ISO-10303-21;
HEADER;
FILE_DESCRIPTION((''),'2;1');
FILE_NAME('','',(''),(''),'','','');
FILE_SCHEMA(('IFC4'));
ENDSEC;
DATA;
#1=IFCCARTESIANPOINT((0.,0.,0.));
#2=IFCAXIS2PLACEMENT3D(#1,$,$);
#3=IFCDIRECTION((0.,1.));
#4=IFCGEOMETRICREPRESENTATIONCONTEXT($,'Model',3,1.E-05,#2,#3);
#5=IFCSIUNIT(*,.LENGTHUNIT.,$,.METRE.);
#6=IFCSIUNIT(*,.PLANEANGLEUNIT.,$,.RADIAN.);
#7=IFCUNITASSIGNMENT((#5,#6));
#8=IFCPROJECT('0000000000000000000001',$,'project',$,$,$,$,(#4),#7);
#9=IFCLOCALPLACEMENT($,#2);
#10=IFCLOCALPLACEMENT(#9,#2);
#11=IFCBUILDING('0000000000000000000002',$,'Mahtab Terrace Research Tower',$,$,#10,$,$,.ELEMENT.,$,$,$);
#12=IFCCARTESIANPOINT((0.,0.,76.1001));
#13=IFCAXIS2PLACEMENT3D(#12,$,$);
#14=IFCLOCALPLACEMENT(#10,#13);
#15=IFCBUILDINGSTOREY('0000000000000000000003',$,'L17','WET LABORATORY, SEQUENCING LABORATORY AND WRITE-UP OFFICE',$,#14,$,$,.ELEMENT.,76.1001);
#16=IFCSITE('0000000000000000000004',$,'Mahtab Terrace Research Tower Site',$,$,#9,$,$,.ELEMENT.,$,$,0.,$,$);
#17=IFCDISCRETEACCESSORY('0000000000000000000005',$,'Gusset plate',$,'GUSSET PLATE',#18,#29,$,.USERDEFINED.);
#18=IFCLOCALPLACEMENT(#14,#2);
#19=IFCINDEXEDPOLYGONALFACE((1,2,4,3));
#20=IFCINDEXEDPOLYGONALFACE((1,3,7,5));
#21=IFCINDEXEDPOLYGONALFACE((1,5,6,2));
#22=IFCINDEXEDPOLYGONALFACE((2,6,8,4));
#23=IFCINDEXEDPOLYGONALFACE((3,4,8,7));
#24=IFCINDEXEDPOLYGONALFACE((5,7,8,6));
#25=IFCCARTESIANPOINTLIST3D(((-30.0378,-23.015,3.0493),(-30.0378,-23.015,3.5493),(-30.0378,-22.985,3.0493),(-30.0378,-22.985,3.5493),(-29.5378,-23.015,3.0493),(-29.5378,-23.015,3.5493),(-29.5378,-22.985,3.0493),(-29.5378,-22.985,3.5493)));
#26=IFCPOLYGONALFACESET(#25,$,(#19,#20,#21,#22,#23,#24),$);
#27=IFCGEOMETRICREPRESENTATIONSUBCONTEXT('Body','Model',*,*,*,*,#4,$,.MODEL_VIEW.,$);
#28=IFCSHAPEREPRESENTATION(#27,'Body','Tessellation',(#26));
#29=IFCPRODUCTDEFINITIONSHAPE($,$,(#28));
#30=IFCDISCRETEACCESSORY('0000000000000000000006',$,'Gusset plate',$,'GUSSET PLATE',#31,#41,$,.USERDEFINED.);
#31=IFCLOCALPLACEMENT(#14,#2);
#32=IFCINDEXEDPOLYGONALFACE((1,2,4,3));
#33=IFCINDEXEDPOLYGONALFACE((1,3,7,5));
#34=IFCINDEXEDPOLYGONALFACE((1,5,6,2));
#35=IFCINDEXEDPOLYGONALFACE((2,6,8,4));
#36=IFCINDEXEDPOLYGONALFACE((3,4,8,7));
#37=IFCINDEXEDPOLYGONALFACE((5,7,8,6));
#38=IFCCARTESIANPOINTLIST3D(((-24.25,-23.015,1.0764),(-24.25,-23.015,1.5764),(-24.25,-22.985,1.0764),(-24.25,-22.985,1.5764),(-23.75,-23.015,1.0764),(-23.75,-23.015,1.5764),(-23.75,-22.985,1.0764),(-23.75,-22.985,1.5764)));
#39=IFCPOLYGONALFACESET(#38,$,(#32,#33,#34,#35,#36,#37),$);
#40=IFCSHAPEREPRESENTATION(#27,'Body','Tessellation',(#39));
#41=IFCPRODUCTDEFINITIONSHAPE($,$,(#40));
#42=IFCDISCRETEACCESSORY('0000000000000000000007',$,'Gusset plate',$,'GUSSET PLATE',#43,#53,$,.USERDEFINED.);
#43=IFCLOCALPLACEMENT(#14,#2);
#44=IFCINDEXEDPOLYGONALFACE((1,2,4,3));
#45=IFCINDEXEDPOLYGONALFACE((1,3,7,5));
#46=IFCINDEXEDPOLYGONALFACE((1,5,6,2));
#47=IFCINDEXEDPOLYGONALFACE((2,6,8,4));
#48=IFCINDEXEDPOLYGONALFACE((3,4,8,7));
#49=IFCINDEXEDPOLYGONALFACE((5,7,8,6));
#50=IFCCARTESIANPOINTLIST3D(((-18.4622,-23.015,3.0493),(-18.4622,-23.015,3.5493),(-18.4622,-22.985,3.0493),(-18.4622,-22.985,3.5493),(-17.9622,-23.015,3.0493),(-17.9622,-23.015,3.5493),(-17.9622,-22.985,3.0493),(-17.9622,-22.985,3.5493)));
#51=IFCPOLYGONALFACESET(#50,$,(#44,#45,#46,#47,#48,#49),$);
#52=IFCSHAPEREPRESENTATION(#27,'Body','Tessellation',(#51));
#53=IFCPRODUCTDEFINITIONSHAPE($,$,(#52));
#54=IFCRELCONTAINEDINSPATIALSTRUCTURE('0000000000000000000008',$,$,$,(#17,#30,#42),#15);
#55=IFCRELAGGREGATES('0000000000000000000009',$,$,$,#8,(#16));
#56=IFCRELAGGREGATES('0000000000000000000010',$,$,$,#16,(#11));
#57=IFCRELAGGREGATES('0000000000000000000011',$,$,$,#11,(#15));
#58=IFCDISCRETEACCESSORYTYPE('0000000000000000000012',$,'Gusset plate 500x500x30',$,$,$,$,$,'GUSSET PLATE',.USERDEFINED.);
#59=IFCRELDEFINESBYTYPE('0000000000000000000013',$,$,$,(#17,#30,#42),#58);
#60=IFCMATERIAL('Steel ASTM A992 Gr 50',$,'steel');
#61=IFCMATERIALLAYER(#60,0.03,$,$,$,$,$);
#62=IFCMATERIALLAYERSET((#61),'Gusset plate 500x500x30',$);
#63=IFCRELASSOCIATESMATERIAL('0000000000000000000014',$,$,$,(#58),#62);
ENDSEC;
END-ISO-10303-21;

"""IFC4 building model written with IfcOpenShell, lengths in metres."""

from ifc_helpers import new_model, si_unit, direction, frame, origin, origin_2d, place, context, subcontext, project, spatial, rectangle, extrude, material, layer, layer_set, type_object, element, save


model = new_model("IFC4")

# Units and contexts
model_context = context("Model", 3, precision=1e-05, world=origin(), true_north=direction((0.0, 1.0)))
body_context = subcontext(model_context, "Body", "Model", "MODEL_VIEW")
ifc_project = project(units=[si_unit("LENGTHUNIT", "METRE"), si_unit("PLANEANGLEUNIT", "RADIAN")], contexts=[model_context])

# Site, building, storey
site_placement = place(None, origin())
site = spatial("IfcSite", under=ifc_project, at=site_placement, Name="Mahtab Terrace Research Tower Site", CompositionType="ELEMENT", RefElevation=0.0)
building_placement = place(site_placement, origin())
building = spatial("IfcBuilding", under=site, at=building_placement, Name="Mahtab Terrace Research Tower", CompositionType="ELEMENT")
storey_placement = place(building_placement, frame((0.0, 0.0, 76.1001)))
storey = spatial("IfcBuildingStorey", under=building, at=storey_placement, Name="L17", Description="WET LABORATORY, SEQUENCING LABORATORY AND WRITE-UP OFFICE", CompositionType="ELEMENT", Elevation=76.1001)

# Shared definitions
ifc_material_1 = material(Name="Steel ASTM A992 Gr 50", Category="steel")

# Discrete accessories
ifc_layer_1 = layer(ifc_material_1, 0.03)
ifc_layer_set_1 = layer_set([ifc_layer_1], Name="Gusset plate 500x500x30")
discrete_accessory_type = type_object("IfcDiscreteAccessoryType", Name="Gusset plate 500x500x30", ElementType="GUSSET PLATE", PredefinedType="USERDEFINED", material=ifc_layer_set_1)
for number, where, z_axis, x_axis, name in (
    (1, (-29.7878, -23.0, 3.0493), (0.0, 0.0, 1.0), (1.0, 0.0, 0.0), "Gusset plate"),
    (2, (-24.0, -23.0, 1.0764), (0.0, 0.0, 1.0), (1.0, 0.0, 0.0), "Gusset plate"),
    (3, (-18.2122, -23.0, 3.0493), (0.0, 0.0, 1.0), (1.0, 0.0, 0.0), "Gusset plate"),
):
    element("IfcDiscreteAccessory", number, at=place(storey_placement, frame(where, z_axis=z_axis, x_axis=x_axis)), inside=storey, type_object=discrete_accessory_type, Name=name, ObjectType="GUSSET PLATE", PredefinedType="USERDEFINED", context=body_context, shape_type="SweptSolid", body=[
        extrude(rectangle(XDim=0.5, YDim=0.03, at=origin_2d()), origin(), (0.0, 0.0, 1.0), 0.5),
    ])

save(model, "model.ifc")
